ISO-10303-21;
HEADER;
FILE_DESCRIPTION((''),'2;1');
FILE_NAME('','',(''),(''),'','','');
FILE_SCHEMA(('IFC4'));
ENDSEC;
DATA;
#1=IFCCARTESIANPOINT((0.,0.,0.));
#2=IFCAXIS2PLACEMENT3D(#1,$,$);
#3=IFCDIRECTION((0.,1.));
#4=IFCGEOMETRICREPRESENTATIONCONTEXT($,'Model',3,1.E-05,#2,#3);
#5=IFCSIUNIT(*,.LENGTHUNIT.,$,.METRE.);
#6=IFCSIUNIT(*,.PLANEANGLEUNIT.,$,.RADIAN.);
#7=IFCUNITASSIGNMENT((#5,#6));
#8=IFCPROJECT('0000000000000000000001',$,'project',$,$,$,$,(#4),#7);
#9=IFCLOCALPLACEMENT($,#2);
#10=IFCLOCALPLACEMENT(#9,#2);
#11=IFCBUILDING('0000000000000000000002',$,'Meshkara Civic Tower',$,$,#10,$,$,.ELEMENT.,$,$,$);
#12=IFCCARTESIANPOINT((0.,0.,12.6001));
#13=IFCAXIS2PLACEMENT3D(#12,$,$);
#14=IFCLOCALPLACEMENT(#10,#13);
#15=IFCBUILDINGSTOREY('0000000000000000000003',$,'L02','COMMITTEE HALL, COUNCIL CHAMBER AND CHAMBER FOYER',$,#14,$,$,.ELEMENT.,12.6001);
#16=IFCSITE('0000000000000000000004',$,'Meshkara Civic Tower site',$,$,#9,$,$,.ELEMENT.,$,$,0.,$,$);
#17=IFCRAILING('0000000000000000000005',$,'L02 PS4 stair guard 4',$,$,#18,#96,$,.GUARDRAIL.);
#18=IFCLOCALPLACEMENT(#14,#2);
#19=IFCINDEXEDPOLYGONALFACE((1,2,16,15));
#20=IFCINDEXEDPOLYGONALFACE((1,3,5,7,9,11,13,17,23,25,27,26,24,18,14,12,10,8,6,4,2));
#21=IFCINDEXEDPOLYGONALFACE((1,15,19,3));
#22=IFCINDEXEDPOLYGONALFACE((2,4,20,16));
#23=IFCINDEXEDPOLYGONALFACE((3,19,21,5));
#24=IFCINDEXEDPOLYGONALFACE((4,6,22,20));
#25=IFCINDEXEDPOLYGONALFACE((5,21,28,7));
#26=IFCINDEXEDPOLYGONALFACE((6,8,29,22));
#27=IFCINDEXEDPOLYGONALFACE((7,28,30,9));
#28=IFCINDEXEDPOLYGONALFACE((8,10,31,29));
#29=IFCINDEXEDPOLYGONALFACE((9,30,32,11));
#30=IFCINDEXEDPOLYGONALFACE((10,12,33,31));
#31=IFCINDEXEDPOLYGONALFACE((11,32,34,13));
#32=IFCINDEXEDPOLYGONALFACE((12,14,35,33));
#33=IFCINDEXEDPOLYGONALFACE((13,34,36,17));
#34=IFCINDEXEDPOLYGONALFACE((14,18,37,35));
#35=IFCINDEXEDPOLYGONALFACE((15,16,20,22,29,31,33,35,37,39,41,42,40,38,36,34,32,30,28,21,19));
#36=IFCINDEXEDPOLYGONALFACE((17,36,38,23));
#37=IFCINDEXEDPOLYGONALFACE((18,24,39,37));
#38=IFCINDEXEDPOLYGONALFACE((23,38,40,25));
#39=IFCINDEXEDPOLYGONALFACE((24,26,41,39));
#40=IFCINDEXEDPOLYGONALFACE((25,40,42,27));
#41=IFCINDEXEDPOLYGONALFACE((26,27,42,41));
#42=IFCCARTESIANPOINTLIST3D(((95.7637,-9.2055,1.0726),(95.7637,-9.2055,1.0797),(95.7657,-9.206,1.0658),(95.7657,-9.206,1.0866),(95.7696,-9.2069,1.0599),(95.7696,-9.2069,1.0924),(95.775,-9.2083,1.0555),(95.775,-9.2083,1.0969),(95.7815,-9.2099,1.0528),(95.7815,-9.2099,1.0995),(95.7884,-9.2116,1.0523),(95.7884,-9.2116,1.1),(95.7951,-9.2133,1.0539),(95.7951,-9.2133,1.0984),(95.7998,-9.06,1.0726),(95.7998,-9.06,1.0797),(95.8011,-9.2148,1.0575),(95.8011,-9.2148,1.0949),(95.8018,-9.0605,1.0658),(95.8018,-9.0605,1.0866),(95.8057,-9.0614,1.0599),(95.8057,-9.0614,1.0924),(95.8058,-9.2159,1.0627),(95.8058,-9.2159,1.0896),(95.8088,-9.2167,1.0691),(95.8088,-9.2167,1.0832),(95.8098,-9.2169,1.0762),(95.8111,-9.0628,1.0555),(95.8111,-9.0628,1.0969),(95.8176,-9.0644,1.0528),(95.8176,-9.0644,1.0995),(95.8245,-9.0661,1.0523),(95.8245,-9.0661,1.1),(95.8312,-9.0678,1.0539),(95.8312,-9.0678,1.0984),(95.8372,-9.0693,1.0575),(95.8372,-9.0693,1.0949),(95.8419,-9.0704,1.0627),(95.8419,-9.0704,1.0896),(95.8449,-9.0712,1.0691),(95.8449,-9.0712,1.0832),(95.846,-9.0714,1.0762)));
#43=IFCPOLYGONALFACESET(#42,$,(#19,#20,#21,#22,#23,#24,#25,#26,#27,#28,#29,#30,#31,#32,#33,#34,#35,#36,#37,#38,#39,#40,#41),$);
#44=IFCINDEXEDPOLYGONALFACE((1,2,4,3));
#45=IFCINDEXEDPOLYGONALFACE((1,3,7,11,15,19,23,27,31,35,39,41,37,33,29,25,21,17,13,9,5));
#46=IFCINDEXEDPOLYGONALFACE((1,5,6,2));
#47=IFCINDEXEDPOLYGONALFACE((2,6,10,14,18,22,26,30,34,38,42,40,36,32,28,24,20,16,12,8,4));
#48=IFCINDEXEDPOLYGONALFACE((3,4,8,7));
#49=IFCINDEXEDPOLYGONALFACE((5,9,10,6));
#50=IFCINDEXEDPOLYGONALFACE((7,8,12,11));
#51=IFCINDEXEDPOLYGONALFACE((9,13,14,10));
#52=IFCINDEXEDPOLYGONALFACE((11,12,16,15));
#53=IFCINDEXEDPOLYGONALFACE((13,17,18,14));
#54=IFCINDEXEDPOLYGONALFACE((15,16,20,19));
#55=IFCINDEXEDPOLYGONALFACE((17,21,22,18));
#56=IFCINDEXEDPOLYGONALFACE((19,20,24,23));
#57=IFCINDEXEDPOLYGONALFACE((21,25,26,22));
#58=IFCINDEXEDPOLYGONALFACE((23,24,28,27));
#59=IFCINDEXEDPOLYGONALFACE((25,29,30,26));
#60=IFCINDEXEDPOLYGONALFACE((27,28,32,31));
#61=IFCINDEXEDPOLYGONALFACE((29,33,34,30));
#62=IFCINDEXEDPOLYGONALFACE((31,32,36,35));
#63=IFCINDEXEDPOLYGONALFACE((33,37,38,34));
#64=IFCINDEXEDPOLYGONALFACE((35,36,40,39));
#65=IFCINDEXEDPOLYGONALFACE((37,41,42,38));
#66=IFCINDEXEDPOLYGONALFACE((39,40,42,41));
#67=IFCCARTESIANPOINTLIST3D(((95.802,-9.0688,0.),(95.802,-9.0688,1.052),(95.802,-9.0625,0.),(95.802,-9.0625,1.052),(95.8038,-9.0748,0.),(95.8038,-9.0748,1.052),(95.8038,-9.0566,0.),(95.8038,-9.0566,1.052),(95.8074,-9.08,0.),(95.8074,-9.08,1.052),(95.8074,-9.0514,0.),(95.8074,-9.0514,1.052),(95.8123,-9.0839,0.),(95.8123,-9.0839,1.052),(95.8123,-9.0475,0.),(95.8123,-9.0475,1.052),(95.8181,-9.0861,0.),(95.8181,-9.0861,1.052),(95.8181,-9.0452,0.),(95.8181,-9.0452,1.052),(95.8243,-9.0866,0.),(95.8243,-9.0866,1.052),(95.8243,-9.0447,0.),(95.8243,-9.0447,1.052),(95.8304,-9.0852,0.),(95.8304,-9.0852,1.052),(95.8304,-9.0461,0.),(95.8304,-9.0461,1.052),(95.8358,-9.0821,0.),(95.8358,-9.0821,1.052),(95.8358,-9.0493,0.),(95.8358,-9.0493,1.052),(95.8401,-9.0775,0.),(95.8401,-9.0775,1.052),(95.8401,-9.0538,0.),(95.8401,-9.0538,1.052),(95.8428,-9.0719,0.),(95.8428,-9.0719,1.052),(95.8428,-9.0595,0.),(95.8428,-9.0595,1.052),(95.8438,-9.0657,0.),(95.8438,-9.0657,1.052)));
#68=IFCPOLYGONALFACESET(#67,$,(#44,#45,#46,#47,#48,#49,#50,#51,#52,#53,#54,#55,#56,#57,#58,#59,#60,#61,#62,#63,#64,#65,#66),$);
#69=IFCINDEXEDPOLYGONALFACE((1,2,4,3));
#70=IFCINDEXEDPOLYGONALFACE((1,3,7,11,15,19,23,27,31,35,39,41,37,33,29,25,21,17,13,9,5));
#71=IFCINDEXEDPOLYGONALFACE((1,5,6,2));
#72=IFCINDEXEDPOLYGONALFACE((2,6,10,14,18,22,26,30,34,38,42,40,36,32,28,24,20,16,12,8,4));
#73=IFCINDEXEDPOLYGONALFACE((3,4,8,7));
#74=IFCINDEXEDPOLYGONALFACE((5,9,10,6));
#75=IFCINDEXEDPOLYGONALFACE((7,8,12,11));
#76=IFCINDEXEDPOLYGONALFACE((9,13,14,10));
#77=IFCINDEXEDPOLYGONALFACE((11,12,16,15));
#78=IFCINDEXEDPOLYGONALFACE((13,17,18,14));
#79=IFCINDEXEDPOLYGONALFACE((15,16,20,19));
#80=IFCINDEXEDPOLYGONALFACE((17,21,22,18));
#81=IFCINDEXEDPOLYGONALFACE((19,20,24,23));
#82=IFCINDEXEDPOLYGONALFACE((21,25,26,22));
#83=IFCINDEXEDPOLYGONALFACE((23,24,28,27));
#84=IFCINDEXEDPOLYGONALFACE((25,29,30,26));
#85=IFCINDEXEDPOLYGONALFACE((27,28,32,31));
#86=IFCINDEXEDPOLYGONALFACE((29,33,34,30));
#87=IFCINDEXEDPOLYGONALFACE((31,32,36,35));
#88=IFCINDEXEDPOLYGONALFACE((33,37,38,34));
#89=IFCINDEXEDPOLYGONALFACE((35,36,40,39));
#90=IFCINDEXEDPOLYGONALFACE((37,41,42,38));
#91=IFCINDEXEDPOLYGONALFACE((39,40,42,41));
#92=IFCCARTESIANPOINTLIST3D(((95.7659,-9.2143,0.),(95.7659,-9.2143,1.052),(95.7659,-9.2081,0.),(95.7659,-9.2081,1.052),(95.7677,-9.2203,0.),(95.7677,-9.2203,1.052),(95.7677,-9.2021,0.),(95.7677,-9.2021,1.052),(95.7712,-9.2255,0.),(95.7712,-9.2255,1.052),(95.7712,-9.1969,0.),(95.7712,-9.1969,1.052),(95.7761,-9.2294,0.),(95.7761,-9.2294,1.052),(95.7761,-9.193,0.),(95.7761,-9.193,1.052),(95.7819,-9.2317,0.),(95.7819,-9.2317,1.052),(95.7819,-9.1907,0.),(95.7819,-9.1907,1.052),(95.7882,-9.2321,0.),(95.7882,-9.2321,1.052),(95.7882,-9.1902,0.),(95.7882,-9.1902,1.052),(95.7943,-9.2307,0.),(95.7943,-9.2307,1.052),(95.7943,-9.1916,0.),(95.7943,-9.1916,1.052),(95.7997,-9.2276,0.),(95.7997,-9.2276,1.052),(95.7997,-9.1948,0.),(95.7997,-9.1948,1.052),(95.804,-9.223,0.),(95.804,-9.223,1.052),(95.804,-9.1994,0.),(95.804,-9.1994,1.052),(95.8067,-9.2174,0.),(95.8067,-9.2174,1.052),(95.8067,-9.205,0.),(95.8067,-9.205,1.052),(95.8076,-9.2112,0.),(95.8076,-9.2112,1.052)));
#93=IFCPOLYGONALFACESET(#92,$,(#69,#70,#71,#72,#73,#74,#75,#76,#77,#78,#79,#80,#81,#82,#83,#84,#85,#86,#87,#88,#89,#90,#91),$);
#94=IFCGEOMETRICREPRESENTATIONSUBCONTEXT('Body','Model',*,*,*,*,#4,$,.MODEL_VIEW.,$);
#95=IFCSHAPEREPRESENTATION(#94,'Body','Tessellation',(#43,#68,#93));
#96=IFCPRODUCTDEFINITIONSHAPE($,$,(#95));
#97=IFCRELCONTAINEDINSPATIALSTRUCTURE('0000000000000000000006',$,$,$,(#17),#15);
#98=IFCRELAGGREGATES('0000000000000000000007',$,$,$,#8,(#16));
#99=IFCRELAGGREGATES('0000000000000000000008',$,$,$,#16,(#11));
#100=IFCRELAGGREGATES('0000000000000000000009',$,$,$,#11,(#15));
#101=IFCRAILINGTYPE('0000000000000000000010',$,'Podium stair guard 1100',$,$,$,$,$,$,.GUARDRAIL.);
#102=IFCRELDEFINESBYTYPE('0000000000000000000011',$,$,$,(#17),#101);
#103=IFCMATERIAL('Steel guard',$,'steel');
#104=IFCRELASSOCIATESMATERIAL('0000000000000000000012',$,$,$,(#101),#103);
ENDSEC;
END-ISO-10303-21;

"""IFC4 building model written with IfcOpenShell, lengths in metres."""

from ifc_helpers import new_model, si_unit, direction, frame, origin, origin_2d, place, context, subcontext, project, spatial, circle, extrude, material, type_object, element, save


model = new_model("IFC4")

# Units and contexts
model_context = context("Model", 3, precision=1e-05, world=origin(), true_north=direction((0.0, 1.0)))
body_context = subcontext(model_context, "Body", "Model", "MODEL_VIEW")
ifc_project = project(units=[si_unit("LENGTHUNIT", "METRE"), si_unit("PLANEANGLEUNIT", "RADIAN")], contexts=[model_context])

# Site, building, storey
site_placement = place(None, origin())
site = spatial("IfcSite", under=ifc_project, at=site_placement, Name="Meshkara Civic Tower site", CompositionType="ELEMENT", RefElevation=0.0)
building_placement = place(site_placement, origin())
building = spatial("IfcBuilding", under=site, at=building_placement, Name="Meshkara Civic Tower", CompositionType="ELEMENT")
storey_placement = place(building_placement, frame((0.0, 0.0, 12.6001)))
storey = spatial("IfcBuildingStorey", under=building, at=storey_placement, Name="L02", Description="COMMITTEE HALL, COUNCIL CHAMBER AND CHAMBER FOYER", CompositionType="ELEMENT", Elevation=12.6001)

# Railing
ifc_material_1 = material(Name="Steel guard", Category="steel")
railing_type_1 = type_object("IfcRailingType", Name="Podium stair guard 1100", PredefinedType="GUARDRAIL", material=ifc_material_1)
railing_1_placement = place(storey_placement, frame((95.8228, -9.0657, 0.0)))
element("IfcRailing", 1, at=railing_1_placement, inside=storey, type_object=railing_type_1, Name="L02 PS4 stair guard 4", PredefinedType="GUARDRAIL", context=body_context, shape_type="SweptSolid", body=[
    extrude(circle(Radius=0.0239, at=origin_2d()), frame((0.0, 0.0, 1.0762), z_axis=(-0.241003, -0.970524, 0.0), x_axis=(0.970524, -0.241003, 0.0)), (0.0, 0.0, 1.0), 0.1499),
    extrude(circle(Radius=0.021, at=origin_2d()), origin(), (0.0, 0.0, 1.0), 1.052),
    extrude(circle(Radius=0.021, at=origin_2d()), frame((-0.0361, -0.1455, 0.0)), (0.0, 0.0, 1.0), 1.052),
])

save(model, "model.ifc")
